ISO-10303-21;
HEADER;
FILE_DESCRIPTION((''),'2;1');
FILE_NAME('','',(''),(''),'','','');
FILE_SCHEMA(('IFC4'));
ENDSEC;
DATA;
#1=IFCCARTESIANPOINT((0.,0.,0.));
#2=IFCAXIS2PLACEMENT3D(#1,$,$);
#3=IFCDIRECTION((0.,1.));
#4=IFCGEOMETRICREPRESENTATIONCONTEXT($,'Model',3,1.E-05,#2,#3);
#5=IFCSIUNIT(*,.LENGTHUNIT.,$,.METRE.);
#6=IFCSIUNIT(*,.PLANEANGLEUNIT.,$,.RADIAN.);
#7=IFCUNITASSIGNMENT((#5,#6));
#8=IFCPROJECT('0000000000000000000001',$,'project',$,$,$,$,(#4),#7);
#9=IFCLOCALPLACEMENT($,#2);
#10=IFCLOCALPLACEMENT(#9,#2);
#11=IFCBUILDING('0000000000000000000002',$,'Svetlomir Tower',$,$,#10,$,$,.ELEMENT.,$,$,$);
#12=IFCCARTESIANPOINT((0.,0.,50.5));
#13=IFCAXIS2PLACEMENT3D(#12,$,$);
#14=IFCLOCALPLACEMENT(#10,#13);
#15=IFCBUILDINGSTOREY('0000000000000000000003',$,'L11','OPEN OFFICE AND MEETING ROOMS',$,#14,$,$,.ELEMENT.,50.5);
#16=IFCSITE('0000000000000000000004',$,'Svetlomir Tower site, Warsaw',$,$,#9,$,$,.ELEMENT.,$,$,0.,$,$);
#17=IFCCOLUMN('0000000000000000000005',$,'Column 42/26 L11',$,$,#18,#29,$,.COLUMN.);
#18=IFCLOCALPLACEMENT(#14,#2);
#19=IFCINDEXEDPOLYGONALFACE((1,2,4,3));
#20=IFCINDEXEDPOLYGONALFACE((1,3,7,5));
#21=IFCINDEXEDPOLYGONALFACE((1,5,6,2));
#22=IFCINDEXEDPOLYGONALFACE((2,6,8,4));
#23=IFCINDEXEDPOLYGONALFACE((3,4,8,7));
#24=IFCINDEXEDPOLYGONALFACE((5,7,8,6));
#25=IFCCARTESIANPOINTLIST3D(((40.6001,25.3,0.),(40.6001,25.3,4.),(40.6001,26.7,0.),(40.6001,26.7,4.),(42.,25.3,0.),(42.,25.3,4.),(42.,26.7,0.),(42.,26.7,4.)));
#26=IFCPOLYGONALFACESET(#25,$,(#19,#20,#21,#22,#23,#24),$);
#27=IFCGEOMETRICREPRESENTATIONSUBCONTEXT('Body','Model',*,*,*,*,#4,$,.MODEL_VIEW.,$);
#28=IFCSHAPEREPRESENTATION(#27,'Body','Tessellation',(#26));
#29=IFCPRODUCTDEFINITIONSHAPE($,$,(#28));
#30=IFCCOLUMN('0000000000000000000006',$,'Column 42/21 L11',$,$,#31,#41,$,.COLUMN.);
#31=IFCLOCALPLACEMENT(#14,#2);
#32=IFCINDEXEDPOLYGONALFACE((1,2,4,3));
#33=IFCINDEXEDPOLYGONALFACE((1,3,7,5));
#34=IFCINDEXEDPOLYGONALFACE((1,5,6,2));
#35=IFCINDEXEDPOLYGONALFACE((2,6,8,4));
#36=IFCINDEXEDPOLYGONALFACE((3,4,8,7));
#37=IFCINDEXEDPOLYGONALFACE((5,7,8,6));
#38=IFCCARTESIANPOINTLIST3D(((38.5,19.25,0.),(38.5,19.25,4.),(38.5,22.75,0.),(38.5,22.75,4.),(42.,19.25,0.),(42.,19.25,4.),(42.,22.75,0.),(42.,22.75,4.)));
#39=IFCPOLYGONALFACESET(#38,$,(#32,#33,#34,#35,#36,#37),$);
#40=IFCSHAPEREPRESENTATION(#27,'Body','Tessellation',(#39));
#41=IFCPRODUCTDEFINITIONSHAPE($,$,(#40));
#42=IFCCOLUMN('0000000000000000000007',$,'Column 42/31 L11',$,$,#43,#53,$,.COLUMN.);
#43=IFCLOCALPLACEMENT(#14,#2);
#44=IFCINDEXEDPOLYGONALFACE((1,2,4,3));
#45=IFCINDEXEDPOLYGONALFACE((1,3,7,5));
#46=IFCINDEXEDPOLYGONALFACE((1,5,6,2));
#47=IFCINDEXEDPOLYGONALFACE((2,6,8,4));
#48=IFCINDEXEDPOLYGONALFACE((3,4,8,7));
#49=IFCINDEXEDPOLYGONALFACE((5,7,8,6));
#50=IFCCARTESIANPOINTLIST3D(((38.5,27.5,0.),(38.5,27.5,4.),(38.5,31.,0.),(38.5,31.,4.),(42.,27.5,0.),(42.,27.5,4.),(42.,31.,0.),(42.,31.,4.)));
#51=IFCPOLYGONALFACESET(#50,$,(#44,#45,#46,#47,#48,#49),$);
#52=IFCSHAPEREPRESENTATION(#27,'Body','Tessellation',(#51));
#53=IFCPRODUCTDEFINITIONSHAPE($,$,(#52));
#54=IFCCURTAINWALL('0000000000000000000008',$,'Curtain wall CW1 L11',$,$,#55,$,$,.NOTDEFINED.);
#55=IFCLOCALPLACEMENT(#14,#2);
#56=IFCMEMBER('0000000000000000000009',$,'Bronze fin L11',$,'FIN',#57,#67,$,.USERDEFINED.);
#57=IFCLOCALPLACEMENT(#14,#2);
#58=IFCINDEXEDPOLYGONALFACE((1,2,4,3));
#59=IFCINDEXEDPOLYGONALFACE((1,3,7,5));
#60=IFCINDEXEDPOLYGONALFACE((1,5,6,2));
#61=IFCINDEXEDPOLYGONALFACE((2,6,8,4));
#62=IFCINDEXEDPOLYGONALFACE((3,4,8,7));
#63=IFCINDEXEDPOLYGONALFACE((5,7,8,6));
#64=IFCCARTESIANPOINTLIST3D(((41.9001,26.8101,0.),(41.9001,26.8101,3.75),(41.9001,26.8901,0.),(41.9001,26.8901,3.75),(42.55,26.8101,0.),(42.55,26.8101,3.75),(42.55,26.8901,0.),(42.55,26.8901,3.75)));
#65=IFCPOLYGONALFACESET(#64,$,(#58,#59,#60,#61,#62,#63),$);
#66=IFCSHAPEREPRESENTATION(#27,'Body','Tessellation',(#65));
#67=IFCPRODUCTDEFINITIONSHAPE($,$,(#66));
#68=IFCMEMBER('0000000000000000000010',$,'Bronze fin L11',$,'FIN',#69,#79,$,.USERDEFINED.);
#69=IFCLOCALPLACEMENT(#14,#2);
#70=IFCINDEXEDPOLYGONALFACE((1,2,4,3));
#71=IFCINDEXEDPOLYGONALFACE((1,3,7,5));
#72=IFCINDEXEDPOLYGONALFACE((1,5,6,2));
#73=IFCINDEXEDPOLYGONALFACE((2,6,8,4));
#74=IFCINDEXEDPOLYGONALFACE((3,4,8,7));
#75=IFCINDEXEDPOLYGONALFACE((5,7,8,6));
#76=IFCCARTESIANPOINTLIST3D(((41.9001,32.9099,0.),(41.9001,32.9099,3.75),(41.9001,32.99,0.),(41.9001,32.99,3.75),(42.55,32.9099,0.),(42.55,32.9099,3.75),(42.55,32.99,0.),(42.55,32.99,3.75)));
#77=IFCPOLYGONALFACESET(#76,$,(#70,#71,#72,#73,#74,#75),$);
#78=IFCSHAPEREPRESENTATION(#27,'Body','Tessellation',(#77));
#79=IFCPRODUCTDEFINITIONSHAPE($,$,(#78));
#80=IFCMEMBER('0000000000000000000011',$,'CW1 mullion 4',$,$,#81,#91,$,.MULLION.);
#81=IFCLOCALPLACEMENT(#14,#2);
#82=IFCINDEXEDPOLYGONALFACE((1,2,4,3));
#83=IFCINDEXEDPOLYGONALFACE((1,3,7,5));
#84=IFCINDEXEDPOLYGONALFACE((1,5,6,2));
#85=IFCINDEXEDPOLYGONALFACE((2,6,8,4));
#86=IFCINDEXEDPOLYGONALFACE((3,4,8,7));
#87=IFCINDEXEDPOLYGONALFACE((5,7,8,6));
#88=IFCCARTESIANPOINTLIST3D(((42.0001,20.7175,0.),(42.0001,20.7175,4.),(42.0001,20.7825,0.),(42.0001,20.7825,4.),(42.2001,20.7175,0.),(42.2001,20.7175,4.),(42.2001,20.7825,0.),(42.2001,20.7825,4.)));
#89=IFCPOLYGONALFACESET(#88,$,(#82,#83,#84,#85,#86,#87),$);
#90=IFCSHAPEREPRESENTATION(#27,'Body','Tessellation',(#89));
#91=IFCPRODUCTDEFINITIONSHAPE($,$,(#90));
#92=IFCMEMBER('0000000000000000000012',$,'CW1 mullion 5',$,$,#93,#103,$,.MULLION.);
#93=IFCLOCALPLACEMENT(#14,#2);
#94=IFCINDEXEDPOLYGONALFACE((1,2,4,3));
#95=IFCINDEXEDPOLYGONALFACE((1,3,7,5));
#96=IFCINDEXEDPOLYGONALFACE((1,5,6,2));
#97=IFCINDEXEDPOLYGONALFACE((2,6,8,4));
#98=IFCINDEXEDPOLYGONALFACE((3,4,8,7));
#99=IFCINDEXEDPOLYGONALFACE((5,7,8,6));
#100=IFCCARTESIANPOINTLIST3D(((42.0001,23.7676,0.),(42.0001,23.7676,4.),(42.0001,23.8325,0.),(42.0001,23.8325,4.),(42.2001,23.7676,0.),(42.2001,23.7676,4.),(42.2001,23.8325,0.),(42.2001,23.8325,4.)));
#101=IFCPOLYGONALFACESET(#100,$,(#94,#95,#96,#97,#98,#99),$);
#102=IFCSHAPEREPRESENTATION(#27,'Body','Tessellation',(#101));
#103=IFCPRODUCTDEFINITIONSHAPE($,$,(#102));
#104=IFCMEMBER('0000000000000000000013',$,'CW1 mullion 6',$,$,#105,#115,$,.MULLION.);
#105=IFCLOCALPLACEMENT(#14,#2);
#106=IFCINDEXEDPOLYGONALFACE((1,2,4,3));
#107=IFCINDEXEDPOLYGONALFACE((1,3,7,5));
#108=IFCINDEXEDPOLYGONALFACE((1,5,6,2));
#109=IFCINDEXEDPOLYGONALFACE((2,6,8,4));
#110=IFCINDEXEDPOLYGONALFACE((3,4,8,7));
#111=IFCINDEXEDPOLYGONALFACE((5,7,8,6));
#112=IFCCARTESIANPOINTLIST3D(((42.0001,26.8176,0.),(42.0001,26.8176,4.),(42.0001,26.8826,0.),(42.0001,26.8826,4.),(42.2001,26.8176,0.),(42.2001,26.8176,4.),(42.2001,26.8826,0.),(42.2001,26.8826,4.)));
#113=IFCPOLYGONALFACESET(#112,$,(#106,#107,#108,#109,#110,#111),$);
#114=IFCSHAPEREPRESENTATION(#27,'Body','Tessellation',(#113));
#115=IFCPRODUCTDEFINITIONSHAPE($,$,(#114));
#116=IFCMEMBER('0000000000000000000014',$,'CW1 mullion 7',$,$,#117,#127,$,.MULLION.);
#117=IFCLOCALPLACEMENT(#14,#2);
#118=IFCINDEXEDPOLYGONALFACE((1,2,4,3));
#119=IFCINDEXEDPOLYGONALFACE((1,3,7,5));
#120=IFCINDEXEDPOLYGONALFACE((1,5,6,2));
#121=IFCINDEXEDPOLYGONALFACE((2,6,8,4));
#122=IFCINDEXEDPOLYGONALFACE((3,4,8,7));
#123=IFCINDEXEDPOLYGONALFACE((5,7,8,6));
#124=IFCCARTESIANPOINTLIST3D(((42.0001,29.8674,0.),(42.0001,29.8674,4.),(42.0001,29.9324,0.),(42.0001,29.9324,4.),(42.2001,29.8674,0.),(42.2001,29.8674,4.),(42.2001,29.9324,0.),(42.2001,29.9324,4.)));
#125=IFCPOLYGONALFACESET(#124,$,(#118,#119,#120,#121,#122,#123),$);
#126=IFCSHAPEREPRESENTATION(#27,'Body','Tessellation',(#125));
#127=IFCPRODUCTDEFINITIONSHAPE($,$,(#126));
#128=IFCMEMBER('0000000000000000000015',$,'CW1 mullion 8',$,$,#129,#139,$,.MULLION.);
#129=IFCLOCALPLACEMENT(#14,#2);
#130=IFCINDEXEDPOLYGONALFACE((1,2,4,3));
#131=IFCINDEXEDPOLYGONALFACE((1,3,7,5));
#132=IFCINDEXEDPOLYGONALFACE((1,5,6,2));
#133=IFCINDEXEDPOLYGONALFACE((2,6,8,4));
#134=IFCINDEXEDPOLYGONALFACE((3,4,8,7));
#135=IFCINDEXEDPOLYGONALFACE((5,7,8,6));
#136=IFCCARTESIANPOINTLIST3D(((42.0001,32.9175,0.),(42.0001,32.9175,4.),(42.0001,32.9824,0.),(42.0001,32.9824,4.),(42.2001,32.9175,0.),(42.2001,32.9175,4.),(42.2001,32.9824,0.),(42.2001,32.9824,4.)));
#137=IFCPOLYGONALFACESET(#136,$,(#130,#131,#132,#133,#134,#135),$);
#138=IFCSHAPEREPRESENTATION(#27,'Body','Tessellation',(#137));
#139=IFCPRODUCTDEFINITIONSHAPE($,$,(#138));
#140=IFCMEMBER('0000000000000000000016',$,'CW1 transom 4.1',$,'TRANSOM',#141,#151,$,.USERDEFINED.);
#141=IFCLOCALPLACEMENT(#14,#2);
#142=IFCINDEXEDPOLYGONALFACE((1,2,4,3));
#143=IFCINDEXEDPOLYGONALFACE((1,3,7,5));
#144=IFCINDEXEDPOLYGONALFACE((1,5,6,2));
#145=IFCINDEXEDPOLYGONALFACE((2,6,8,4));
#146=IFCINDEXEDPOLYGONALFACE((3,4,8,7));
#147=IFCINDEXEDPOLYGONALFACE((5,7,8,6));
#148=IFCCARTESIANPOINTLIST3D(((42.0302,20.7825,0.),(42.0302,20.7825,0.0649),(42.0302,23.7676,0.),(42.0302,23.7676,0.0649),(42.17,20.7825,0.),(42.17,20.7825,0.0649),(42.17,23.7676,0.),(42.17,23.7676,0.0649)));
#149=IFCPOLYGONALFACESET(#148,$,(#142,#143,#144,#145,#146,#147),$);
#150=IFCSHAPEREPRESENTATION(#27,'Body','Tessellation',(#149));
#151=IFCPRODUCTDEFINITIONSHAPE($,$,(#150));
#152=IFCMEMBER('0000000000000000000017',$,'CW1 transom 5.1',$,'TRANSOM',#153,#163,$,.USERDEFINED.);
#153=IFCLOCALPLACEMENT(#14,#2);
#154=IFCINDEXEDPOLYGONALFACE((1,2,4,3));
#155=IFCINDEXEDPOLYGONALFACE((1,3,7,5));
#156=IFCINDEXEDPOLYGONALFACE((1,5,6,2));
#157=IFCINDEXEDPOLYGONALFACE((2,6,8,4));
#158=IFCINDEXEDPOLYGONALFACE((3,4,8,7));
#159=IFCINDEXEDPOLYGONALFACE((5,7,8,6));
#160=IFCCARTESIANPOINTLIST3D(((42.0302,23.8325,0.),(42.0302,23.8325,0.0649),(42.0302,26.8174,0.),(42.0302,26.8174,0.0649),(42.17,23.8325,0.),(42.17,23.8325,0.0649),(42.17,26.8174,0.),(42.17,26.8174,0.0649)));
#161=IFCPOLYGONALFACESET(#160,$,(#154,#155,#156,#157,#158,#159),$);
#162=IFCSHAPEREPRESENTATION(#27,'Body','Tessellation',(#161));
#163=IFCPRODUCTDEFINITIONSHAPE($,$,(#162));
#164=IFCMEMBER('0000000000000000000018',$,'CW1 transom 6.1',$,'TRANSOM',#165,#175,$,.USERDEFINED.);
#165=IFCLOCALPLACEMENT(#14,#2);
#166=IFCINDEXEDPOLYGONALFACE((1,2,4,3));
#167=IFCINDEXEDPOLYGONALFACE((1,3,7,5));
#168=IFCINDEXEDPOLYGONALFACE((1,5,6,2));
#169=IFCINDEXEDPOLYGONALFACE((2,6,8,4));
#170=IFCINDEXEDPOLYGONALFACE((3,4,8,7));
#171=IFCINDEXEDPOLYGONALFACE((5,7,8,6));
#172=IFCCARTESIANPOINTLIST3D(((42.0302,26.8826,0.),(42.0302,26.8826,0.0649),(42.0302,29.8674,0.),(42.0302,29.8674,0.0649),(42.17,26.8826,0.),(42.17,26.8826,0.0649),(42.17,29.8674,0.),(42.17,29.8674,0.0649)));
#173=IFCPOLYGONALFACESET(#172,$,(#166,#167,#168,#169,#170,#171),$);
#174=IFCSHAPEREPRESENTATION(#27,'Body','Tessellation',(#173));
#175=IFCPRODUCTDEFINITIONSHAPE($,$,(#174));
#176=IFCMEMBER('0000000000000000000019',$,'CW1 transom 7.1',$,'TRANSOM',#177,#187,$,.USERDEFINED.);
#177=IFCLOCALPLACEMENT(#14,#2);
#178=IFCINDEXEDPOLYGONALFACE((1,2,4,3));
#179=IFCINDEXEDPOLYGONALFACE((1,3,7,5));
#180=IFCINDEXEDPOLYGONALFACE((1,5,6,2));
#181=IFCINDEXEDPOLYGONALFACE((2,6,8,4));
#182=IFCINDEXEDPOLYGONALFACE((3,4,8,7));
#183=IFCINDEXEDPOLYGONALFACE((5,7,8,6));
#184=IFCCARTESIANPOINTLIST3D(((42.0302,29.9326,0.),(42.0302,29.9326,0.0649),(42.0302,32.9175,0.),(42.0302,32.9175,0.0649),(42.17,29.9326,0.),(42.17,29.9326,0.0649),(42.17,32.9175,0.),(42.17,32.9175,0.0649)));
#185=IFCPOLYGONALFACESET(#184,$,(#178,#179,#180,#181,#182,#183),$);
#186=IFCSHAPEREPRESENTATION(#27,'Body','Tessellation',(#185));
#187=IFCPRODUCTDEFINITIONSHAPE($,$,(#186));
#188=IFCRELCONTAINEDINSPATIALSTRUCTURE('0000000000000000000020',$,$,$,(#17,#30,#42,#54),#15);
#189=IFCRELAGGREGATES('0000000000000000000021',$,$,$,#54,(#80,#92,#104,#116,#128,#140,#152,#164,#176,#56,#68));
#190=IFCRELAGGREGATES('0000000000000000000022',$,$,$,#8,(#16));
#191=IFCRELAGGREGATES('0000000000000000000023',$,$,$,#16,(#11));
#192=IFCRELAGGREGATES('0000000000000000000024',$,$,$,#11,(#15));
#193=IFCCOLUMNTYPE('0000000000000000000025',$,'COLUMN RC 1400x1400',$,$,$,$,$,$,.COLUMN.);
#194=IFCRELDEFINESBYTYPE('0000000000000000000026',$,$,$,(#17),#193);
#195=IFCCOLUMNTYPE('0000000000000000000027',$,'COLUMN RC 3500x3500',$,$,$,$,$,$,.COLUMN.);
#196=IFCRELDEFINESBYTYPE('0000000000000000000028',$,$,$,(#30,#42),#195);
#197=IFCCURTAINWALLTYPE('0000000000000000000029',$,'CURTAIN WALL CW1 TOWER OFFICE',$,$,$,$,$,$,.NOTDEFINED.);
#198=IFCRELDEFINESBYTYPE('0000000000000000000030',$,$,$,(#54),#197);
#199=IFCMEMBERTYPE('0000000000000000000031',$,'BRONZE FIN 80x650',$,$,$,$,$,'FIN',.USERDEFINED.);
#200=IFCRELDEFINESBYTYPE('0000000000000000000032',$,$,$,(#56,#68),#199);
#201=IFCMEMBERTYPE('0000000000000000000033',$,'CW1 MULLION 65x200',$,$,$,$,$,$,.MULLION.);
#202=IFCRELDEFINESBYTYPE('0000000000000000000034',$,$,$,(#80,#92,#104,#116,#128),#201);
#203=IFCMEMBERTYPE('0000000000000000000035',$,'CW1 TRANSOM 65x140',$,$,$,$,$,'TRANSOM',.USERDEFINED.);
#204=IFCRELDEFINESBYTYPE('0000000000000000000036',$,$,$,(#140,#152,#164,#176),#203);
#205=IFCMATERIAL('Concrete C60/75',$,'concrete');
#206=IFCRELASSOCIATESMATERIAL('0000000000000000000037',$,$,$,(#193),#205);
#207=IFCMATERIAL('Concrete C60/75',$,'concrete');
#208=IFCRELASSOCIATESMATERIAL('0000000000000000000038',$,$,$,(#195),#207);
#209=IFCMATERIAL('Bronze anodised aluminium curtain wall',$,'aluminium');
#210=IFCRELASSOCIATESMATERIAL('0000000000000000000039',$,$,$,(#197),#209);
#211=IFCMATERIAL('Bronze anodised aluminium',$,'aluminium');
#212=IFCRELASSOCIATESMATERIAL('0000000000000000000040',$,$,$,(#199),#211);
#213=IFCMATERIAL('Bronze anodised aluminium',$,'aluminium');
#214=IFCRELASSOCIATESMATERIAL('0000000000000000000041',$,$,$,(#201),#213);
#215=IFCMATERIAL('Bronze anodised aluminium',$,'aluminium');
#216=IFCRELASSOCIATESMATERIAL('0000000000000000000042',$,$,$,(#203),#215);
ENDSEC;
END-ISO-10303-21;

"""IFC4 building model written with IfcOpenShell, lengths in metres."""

from ifc_helpers import new_model, si_unit, direction, frame, origin, origin_2d, place, context, subcontext, project, spatial, rectangle, extrude, material, material_profile, profile_set, type_object, element, aggregate, save


model = new_model("IFC4")

# Units and contexts
model_context = context("Model", 3, precision=1e-05, world=origin(), true_north=direction((0.0, 1.0)))
body_context = subcontext(model_context, "Body", "Model", "MODEL_VIEW")
ifc_project = project(units=[si_unit("LENGTHUNIT", "METRE"), si_unit("PLANEANGLEUNIT", "RADIAN")], contexts=[model_context])

# Site, building, storey
site_placement = place(None, origin())
site = spatial("IfcSite", under=ifc_project, at=site_placement, Name="Svetlomir Tower site, Warsaw", CompositionType="ELEMENT", RefElevation=0.0)
building_placement = place(site_placement, origin())
building = spatial("IfcBuilding", under=site, at=building_placement, Name="Svetlomir Tower", CompositionType="ELEMENT")
storey_placement = place(building_placement, frame((0.0, 0.0, 50.5)))
storey = spatial("IfcBuildingStorey", under=building, at=storey_placement, Name="L11", Description="OPEN OFFICE AND MEETING ROOMS", CompositionType="ELEMENT", Elevation=50.5)

# Columns
ifc_material_1 = material(Name="Concrete C60/75", Category="concrete")
ifc_material_profile_1 = material_profile(ifc_material_1, rectangle(XDim=1.3999, YDim=1.3999, at=origin_2d()), Name="RC 1400x1400")
ifc_profile_set_1 = profile_set([ifc_material_profile_1], Name="Concrete C60/75")
column_type_1 = type_object("IfcColumnType", Name="COLUMN RC 1400x1400", PredefinedType="COLUMN", material=ifc_profile_set_1)
column_placement = place(storey_placement, frame((41.3, 26.0, 0.0), z_axis=(0.0, 0.0, 1.0), x_axis=(1.0, 0.0, 0.0)))
element("IfcColumn", 1, at=column_placement, inside=storey, type_object=column_type_1, Name="Column 42/26 L11", PredefinedType="COLUMN", context=body_context, shape_type="SweptSolid", body=[
    extrude(rectangle(XDim=1.3999, YDim=1.3999, at=origin_2d()), origin(), (0.0, 0.0, 1.0), 4.0),
])
ifc_material_2 = material(Name="Concrete C60/75", Category="concrete")
ifc_material_profile_2 = material_profile(ifc_material_2, rectangle(XDim=3.5, YDim=3.5, at=origin_2d()), Name="RC 3500x3500")
ifc_profile_set_2 = profile_set([ifc_material_profile_2], Name="Concrete C60/75")
column_type_2 = type_object("IfcColumnType", Name="COLUMN RC 3500x3500", PredefinedType="COLUMN", material=ifc_profile_set_2)
for number, where, z_axis, x_axis, name in (
    (2, (40.25, 21.0, 0.0), (0.0, 0.0, 1.0), (1.0, 0.0, 0.0), "Column 42/21 L11"),
    (3, (40.25, 29.25, 0.0), (0.0, 0.0, 1.0), (1.0, 0.0, 0.0), "Column 42/31 L11"),
):
    element("IfcColumn", number, at=place(storey_placement, frame(where, z_axis=z_axis, x_axis=x_axis)), inside=storey, type_object=column_type_2, Name=name, PredefinedType="COLUMN", context=body_context, shape_type="SweptSolid", body=[
        extrude(rectangle(XDim=3.5, YDim=3.5, at=origin_2d()), origin(), (0.0, 0.0, 1.0), 4.0),
    ])

# Curtain wall, members
ifc_material_3 = material(Name="Bronze anodised aluminium curtain wall", Category="aluminium")
curtain_wall_type = type_object("IfcCurtainWallType", Name="CURTAIN WALL CW1 TOWER OFFICE", PredefinedType="NOTDEFINED", material=ifc_material_3)
curtain_wall_placement = place(storey_placement, origin())
curtain_wall = element("IfcCurtainWall", 4, at=curtain_wall_placement, inside=storey, type_object=curtain_wall_type, Name="Curtain wall CW1 L11", PredefinedType="NOTDEFINED")
ifc_material_4 = material(Name="Bronze anodised aluminium", Category="aluminium")
ifc_material_profile_3 = material_profile(ifc_material_4, rectangle(XDim=0.0801, YDim=0.6499, at=origin_2d()), Name="FIN 80x650")
ifc_profile_set_3 = profile_set([ifc_material_profile_3], Name="Bronze anodised aluminium 6063-T6")
member_type_1 = type_object("IfcMemberType", Name="BRONZE FIN 80x650", ElementType="FIN", PredefinedType="USERDEFINED", material=ifc_profile_set_3)
member_1_placement = place(storey_placement, frame((42.2251, 26.8501, 0.0), z_axis=(0.0, 0.0, 1.0), x_axis=(0.0, 1.0, 0.0)))
member_1 = element("IfcMember", 5, at=member_1_placement, type_object=member_type_1, Name="Bronze fin L11", ObjectType="FIN", PredefinedType="USERDEFINED", context=body_context, shape_type="SweptSolid", body=[
    extrude(rectangle(XDim=0.0801, YDim=0.6499, at=origin_2d()), origin(), (0.0, 0.0, 1.0), 3.75),
])
member_2_placement = place(storey_placement, frame((42.2251, 32.95, 0.0), z_axis=(0.0, 0.0, 1.0), x_axis=(0.0, 1.0, 0.0)))
member_2 = element("IfcMember", 6, at=member_2_placement, type_object=member_type_1, Name="Bronze fin L11", ObjectType="FIN", PredefinedType="USERDEFINED", context=body_context, shape_type="SweptSolid", body=[
    extrude(rectangle(XDim=0.0801, YDim=0.6499, at=origin_2d()), origin(), (0.0, 0.0, 1.0), 3.75),
])
ifc_material_5 = material(Name="Bronze anodised aluminium", Category="aluminium")
ifc_material_profile_4 = material_profile(ifc_material_5, rectangle(XDim=0.0649, YDim=0.2, at=origin_2d()), Name="AL 65x200")
ifc_profile_set_4 = profile_set([ifc_material_profile_4], Name="Bronze anodised aluminium 6063-T6")
member_type_2 = type_object("IfcMemberType", Name="CW1 MULLION 65x200", PredefinedType="MULLION", material=ifc_profile_set_4)
member_3_placement = place(storey_placement, frame((42.1001, 20.75, 0.0), z_axis=(0.0, 0.0, 1.0), x_axis=(0.0, 1.0, 0.0)))
member_3 = element("IfcMember", 7, at=member_3_placement, type_object=member_type_2, Name="CW1 mullion 4", PredefinedType="MULLION", context=body_context, shape_type="SweptSolid", body=[
    extrude(rectangle(XDim=0.0649, YDim=0.2, at=origin_2d()), origin(), (0.0, 0.0, 1.0), 4.0),
])
member_4_placement = place(storey_placement, frame((42.1001, 23.8, 0.0), z_axis=(0.0, 0.0, 1.0), x_axis=(0.0, 1.0, 0.0)))
member_4 = element("IfcMember", 8, at=member_4_placement, type_object=member_type_2, Name="CW1 mullion 5", PredefinedType="MULLION", context=body_context, shape_type="SweptSolid", body=[
    extrude(rectangle(XDim=0.0649, YDim=0.2, at=origin_2d()), origin(), (0.0, 0.0, 1.0), 4.0),
])
member_5_placement = place(storey_placement, frame((42.1001, 26.8501, 0.0), z_axis=(0.0, 0.0, 1.0), x_axis=(0.0, 1.0, 0.0)))
member_5 = element("IfcMember", 9, at=member_5_placement, type_object=member_type_2, Name="CW1 mullion 6", PredefinedType="MULLION", context=body_context, shape_type="SweptSolid", body=[
    extrude(rectangle(XDim=0.0649, YDim=0.2, at=origin_2d()), origin(), (0.0, 0.0, 1.0), 4.0),
])
member_6_placement = place(storey_placement, frame((42.1001, 29.8999, 0.0), z_axis=(0.0, 0.0, 1.0), x_axis=(0.0, 1.0, 0.0)))
member_6 = element("IfcMember", 10, at=member_6_placement, type_object=member_type_2, Name="CW1 mullion 7", PredefinedType="MULLION", context=body_context, shape_type="SweptSolid", body=[
    extrude(rectangle(XDim=0.0649, YDim=0.2, at=origin_2d()), origin(), (0.0, 0.0, 1.0), 4.0),
])
member_7_placement = place(storey_placement, frame((42.1001, 32.95, 0.0), z_axis=(0.0, 0.0, 1.0), x_axis=(0.0, 1.0, 0.0)))
member_7 = element("IfcMember", 11, at=member_7_placement, type_object=member_type_2, Name="CW1 mullion 8", PredefinedType="MULLION", context=body_context, shape_type="SweptSolid", body=[
    extrude(rectangle(XDim=0.0649, YDim=0.2, at=origin_2d()), origin(), (0.0, 0.0, 1.0), 4.0),
])
ifc_material_6 = material(Name="Bronze anodised aluminium", Category="aluminium")
ifc_material_profile_5 = material_profile(ifc_material_6, rectangle(XDim=0.1399, YDim=0.0649, at=origin_2d()), Name="AL 140x65")
ifc_profile_set_5 = profile_set([ifc_material_profile_5], Name="Bronze anodised aluminium 6063-T6")
member_type_3 = type_object("IfcMemberType", Name="CW1 TRANSOM 65x140", ElementType="TRANSOM", PredefinedType="USERDEFINED", material=ifc_profile_set_5)
member_8_placement = place(storey_placement, frame((42.1001, 20.7825, 0.0325), z_axis=(0.0, 1.0, 0.0), x_axis=(-1.0, 0.0, 0.0)))
member_8 = element("IfcMember", 12, at=member_8_placement, type_object=member_type_3, Name="CW1 transom 4.1", ObjectType="TRANSOM", PredefinedType="USERDEFINED", context=body_context, shape_type="SweptSolid", body=[
    extrude(rectangle(XDim=0.1399, YDim=0.0649, at=origin_2d()), origin(), (0.0, 0.0, 1.0), 2.9851),
])
member_9_placement = place(storey_placement, frame((42.1001, 23.8325, 0.0325), z_axis=(0.0, 1.0, 0.0), x_axis=(-1.0, 0.0, 0.0)))
member_9 = element("IfcMember", 13, at=member_9_placement, type_object=member_type_3, Name="CW1 transom 5.1", ObjectType="TRANSOM", PredefinedType="USERDEFINED", context=body_context, shape_type="SweptSolid", body=[
    extrude(rectangle(XDim=0.1399, YDim=0.0649, at=origin_2d()), origin(), (0.0, 0.0, 1.0), 2.9849),
])
member_10_placement = place(storey_placement, frame((42.1001, 26.8826, 0.0325), z_axis=(0.0, 1.0, 0.0), x_axis=(-1.0, 0.0, 0.0)))
member_10 = element("IfcMember", 14, at=member_10_placement, type_object=member_type_3, Name="CW1 transom 6.1", ObjectType="TRANSOM", PredefinedType="USERDEFINED", context=body_context, shape_type="SweptSolid", body=[
    extrude(rectangle(XDim=0.1399, YDim=0.0649, at=origin_2d()), origin(), (0.0, 0.0, 1.0), 2.9849),
])
member_11_placement = place(storey_placement, frame((42.1001, 29.9326, 0.0325), z_axis=(0.0, 1.0, 0.0), x_axis=(-1.0, 0.0, 0.0)))
member_11 = element("IfcMember", 15, at=member_11_placement, type_object=member_type_3, Name="CW1 transom 7.1", ObjectType="TRANSOM", PredefinedType="USERDEFINED", context=body_context, shape_type="SweptSolid", body=[
    extrude(rectangle(XDim=0.1399, YDim=0.0649, at=origin_2d()), origin(), (0.0, 0.0, 1.0), 2.9849),
])

aggregate(curtain_wall, [member_3, member_4, member_5, member_6, member_7, member_8, member_9, member_10, member_11, member_1, member_2])

save(model, "model.ifc")
